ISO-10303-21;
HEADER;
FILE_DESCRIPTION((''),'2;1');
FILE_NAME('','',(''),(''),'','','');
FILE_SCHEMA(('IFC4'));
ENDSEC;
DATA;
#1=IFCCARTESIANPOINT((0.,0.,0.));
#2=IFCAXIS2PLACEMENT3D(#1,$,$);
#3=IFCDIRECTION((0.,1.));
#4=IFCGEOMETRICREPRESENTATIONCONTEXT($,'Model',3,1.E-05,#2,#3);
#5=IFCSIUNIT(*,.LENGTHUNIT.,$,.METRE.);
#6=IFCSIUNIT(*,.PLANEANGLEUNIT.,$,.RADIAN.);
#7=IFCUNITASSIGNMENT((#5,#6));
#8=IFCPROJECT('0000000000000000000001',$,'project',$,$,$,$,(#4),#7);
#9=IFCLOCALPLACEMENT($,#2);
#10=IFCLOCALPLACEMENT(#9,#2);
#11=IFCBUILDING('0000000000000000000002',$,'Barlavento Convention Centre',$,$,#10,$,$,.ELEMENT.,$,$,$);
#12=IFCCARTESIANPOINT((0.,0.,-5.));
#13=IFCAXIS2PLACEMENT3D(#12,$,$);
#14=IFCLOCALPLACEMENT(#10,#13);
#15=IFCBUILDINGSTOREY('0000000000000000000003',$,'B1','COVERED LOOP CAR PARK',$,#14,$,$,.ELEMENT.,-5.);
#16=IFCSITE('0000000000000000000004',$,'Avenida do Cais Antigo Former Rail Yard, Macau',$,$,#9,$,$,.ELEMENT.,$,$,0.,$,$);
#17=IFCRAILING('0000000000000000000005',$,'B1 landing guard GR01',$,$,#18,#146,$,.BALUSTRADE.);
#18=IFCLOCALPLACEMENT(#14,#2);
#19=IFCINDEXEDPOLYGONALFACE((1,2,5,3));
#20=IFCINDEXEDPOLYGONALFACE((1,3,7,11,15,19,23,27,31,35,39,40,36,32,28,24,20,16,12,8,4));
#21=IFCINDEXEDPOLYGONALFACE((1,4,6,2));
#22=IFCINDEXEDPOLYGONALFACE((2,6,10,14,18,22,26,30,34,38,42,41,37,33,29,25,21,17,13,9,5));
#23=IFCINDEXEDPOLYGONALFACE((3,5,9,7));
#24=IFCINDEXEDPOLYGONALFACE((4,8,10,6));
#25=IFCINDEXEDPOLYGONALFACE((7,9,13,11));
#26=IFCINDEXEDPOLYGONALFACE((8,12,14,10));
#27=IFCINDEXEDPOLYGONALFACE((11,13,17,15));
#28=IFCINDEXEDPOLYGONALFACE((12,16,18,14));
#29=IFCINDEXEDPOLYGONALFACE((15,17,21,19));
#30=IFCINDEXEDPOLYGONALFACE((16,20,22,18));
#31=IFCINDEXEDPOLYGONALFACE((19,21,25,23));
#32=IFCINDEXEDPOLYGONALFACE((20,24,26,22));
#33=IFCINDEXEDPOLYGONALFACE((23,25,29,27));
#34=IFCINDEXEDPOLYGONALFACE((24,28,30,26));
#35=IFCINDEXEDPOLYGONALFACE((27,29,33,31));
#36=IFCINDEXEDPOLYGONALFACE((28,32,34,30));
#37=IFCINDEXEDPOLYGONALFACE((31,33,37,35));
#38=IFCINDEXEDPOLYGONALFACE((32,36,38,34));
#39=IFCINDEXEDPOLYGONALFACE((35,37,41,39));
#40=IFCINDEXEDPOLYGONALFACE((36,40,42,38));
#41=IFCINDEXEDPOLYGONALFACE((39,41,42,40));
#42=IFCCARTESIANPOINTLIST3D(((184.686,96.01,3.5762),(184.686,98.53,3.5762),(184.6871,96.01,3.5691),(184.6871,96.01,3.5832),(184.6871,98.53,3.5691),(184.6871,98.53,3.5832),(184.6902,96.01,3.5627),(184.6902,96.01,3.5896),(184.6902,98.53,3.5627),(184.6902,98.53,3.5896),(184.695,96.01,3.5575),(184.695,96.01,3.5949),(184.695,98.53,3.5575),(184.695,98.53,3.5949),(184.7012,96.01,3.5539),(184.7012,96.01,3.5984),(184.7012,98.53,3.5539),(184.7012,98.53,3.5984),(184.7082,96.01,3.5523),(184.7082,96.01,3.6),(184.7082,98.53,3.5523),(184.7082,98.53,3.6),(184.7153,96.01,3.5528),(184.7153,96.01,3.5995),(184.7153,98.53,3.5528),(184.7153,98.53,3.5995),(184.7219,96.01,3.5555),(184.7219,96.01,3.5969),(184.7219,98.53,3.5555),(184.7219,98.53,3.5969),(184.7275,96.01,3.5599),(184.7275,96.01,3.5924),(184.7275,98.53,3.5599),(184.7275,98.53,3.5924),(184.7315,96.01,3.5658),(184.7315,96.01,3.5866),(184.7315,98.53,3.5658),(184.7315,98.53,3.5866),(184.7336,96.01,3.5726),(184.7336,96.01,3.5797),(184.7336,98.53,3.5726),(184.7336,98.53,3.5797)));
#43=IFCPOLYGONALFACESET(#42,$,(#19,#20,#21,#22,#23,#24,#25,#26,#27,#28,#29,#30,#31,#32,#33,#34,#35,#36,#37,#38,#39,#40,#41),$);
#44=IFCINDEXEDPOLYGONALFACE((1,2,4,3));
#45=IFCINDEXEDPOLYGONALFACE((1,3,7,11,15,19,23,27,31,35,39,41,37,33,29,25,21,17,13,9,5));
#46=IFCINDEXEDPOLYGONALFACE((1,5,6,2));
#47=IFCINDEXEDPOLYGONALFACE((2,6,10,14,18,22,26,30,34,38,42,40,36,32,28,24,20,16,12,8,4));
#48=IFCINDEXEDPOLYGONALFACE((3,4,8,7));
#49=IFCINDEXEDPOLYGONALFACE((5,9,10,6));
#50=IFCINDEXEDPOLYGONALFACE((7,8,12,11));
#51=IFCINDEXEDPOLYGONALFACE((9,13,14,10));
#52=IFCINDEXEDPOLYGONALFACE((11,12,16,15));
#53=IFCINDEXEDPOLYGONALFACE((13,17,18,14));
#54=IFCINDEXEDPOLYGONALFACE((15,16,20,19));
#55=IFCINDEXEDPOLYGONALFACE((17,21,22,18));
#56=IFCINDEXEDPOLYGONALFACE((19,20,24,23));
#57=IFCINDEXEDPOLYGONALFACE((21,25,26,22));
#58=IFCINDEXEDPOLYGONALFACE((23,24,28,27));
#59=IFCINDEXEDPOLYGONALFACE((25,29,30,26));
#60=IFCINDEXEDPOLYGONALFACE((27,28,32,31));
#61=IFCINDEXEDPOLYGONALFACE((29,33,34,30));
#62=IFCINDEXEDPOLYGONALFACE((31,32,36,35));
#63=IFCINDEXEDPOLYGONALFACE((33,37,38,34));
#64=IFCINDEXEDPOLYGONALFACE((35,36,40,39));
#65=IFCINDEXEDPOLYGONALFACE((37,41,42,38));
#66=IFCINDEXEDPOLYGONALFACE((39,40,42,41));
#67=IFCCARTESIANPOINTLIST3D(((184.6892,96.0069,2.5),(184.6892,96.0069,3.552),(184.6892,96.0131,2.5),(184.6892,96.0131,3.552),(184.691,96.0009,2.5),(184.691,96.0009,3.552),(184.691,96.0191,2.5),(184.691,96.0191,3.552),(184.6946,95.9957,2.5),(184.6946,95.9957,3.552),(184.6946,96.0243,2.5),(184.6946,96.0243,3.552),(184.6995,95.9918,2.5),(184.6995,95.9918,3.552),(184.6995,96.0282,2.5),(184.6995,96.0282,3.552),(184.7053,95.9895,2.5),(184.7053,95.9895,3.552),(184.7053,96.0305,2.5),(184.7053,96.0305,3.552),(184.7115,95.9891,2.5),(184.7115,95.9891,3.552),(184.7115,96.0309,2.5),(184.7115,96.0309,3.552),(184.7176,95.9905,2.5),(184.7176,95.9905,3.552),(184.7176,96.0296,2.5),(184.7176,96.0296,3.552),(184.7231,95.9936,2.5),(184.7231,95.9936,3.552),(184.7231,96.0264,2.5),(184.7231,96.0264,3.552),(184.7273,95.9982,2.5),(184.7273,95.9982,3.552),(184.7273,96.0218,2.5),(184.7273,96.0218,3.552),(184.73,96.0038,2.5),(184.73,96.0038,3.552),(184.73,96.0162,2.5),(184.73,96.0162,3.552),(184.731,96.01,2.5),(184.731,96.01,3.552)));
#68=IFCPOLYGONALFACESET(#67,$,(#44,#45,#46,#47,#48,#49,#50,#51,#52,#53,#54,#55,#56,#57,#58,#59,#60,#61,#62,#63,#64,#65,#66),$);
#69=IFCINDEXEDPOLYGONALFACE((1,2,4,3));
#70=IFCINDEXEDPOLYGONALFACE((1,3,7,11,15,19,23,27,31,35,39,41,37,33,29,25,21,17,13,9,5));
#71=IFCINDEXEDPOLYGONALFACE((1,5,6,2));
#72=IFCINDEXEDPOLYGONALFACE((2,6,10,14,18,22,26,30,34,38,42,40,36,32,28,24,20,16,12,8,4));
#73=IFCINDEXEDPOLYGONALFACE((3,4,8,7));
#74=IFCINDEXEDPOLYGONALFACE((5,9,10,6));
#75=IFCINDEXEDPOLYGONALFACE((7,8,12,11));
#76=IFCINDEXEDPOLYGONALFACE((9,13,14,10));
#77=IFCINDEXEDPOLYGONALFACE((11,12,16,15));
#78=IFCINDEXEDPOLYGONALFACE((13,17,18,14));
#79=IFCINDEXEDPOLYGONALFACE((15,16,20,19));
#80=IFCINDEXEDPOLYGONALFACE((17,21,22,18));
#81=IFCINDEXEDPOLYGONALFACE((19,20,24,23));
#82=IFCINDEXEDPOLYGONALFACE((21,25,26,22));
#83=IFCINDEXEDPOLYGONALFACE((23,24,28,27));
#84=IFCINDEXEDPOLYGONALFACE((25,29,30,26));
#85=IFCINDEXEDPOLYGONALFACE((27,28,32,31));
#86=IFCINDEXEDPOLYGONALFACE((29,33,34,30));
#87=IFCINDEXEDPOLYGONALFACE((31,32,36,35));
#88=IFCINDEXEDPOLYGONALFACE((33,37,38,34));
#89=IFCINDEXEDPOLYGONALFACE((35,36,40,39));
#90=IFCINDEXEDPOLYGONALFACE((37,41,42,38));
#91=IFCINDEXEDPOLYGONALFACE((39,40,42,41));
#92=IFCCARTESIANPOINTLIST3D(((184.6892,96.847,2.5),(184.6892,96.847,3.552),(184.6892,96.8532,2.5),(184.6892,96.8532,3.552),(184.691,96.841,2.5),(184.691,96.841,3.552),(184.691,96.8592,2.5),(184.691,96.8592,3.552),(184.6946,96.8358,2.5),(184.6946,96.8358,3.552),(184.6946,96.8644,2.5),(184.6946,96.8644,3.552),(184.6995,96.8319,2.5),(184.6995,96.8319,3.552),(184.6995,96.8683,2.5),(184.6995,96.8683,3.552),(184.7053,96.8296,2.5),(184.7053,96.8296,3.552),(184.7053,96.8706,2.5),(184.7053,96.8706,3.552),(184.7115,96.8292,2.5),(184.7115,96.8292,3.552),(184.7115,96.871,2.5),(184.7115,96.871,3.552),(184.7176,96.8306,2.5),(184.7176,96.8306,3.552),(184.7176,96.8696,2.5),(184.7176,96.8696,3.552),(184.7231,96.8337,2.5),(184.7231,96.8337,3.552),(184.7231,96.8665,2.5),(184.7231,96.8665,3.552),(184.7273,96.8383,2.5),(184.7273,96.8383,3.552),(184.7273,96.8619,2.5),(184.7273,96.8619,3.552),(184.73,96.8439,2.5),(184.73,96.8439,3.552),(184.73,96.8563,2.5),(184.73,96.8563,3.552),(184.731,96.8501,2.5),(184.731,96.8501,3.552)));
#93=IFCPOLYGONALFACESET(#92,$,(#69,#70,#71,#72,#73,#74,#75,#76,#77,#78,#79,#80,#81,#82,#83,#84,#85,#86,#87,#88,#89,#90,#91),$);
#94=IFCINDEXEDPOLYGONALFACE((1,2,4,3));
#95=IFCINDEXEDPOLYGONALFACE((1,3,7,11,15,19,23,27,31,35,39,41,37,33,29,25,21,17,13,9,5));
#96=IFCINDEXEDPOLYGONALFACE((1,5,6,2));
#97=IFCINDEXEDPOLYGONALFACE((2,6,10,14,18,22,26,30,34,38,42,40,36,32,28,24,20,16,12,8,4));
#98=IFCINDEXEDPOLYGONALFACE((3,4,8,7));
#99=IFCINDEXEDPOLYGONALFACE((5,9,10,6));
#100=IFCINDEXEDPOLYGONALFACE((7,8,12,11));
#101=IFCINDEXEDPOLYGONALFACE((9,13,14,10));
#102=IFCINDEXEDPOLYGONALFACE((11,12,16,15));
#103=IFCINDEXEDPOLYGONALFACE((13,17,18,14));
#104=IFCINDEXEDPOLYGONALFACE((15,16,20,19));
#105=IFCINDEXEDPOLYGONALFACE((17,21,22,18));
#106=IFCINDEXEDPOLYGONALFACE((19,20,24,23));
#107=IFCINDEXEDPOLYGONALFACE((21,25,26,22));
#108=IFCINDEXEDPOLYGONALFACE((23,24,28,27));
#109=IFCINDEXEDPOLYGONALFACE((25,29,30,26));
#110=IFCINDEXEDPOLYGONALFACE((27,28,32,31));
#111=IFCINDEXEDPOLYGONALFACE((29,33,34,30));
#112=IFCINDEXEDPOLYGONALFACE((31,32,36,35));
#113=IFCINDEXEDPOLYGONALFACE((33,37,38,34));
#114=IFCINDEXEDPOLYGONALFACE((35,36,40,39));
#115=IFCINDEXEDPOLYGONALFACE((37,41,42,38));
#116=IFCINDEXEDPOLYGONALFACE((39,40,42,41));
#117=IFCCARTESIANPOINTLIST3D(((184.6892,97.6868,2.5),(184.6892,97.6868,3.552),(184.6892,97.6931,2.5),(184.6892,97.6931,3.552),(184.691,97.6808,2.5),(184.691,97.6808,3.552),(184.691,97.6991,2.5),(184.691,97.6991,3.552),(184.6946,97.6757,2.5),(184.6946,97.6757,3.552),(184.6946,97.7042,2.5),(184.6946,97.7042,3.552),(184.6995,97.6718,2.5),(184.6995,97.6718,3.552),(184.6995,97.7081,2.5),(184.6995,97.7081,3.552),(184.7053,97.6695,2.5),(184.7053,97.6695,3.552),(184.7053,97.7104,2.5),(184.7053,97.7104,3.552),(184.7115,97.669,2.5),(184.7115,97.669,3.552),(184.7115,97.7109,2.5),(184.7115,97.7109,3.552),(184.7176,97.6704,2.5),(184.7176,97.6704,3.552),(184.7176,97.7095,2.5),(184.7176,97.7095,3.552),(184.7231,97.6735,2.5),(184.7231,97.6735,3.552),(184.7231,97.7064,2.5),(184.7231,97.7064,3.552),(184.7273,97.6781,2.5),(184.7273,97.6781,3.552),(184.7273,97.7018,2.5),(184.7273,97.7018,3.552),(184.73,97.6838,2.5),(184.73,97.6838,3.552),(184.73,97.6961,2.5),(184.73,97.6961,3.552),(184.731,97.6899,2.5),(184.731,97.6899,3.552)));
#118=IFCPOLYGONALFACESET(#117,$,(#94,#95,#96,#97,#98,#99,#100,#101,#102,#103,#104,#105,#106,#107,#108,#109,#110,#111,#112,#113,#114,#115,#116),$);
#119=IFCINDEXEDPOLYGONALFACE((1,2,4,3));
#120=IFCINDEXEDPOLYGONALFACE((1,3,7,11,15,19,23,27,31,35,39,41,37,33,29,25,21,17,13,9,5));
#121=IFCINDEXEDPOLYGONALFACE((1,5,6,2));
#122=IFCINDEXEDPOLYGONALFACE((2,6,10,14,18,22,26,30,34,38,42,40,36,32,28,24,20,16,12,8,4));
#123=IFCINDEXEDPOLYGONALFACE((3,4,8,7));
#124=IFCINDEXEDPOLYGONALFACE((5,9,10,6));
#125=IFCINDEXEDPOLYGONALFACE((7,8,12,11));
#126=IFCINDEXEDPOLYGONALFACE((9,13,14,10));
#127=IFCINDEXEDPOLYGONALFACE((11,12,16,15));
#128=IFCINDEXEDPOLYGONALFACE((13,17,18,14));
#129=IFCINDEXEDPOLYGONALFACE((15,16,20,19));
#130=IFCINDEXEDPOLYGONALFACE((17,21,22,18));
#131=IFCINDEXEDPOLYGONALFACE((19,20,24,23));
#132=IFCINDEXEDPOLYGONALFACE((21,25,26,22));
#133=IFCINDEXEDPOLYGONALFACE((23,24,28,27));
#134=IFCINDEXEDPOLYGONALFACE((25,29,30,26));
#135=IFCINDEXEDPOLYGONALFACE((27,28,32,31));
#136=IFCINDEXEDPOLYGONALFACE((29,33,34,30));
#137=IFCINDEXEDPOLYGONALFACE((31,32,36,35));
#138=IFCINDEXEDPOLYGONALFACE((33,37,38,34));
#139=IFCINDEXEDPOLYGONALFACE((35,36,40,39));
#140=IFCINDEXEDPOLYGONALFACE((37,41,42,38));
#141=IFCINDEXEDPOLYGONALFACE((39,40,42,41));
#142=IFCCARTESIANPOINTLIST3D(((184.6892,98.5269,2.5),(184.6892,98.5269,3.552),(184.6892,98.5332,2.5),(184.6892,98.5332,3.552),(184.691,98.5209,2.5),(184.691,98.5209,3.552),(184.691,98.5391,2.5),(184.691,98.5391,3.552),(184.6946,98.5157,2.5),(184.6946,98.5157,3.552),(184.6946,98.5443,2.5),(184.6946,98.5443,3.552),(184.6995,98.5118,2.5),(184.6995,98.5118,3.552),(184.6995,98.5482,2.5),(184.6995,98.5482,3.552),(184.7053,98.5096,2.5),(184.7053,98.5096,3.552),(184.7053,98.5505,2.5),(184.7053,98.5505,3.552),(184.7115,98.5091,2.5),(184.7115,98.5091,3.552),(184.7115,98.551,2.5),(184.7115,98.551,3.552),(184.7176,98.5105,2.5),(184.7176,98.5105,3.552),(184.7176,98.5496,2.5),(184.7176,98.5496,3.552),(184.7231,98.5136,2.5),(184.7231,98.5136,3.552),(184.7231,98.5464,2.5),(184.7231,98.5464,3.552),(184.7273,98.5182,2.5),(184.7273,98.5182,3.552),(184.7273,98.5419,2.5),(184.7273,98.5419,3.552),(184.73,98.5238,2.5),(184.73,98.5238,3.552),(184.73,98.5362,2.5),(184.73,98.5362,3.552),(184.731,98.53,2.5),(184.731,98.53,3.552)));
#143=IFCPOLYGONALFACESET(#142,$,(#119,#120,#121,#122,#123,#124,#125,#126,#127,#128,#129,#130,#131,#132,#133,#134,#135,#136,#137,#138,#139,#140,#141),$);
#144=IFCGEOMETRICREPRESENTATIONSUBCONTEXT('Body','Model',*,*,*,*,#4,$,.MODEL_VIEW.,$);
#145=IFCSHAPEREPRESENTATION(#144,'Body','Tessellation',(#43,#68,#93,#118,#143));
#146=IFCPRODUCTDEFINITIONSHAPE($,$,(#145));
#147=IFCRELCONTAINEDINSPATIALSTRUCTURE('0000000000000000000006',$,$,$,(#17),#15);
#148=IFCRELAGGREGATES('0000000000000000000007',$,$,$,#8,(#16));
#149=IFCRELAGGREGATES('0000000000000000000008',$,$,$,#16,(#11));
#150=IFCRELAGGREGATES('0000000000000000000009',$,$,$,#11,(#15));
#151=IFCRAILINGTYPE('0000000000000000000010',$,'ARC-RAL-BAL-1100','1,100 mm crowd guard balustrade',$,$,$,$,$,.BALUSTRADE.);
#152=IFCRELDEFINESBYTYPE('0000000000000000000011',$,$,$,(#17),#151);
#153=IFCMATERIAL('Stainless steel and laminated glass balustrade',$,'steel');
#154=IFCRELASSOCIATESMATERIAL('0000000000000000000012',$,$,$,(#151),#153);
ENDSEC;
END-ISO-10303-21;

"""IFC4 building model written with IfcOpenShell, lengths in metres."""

from ifc_helpers import new_model, si_unit, direction, frame, origin, origin_2d, place, context, subcontext, project, spatial, circle, extrude, material, type_object, element, save


model = new_model("IFC4")

# Units and contexts
model_context = context("Model", 3, precision=1e-05, world=origin(), true_north=direction((0.0, 1.0)))
body_context = subcontext(model_context, "Body", "Model", "MODEL_VIEW")
ifc_project = project(units=[si_unit("LENGTHUNIT", "METRE"), si_unit("PLANEANGLEUNIT", "RADIAN")], contexts=[model_context])

# Site, building, storey
site_placement = place(None, origin())
site = spatial("IfcSite", under=ifc_project, at=site_placement, Name="Avenida do Cais Antigo Former Rail Yard, Macau", CompositionType="ELEMENT", RefElevation=0.0)
building_placement = place(site_placement, origin())
building = spatial("IfcBuilding", under=site, at=building_placement, Name="Barlavento Convention Centre", CompositionType="ELEMENT")
storey_placement = place(building_placement, frame((0.0, 0.0, -5.0)))
storey = spatial("IfcBuildingStorey", under=building, at=storey_placement, Name="B1", Description="COVERED LOOP CAR PARK", CompositionType="ELEMENT", Elevation=-5.0)

# Railing
ifc_material_1 = material(Name="Stainless steel and laminated glass balustrade", Category="steel")
railing_type_1 = type_object("IfcRailingType", Name="ARC-RAL-BAL-1100", Description="1,100 mm crowd guard balustrade", PredefinedType="BALUSTRADE", material=ifc_material_1)
for number, where, name in (
    (1, (184.71, 96.01, 2.5), "B1 landing guard GR01"),
):
    element("IfcRailing", number, at=place(storey_placement, frame(where)), inside=storey, type_object=railing_type_1, Name=name, PredefinedType="BALUSTRADE", context=body_context, shape_type="SweptSolid", body=[
        extrude(circle(Radius=0.0239, at=origin_2d()), frame((0.0, 0.0, 1.0762), z_axis=(0.0, 1.0, 0.0), x_axis=(-1.0, 0.0, 0.0)), (0.0, 0.0, 1.0), 2.52),
        extrude(circle(Radius=0.021, at=origin_2d()), origin(), (0.0, 0.0, 1.0), 1.052),
        extrude(circle(Radius=0.021, at=origin_2d()), frame((0.0, 0.8401, 0.0)), (0.0, 0.0, 1.0), 1.052),
        extrude(circle(Radius=0.021, at=origin_2d()), frame((0.0, 1.6799, 0.0)), (0.0, 0.0, 1.0), 1.052),
        extrude(circle(Radius=0.021, at=origin_2d()), frame((0.0, 2.52, 0.0)), (0.0, 0.0, 1.0), 1.052),
    ])

save(model, "model.ifc")
